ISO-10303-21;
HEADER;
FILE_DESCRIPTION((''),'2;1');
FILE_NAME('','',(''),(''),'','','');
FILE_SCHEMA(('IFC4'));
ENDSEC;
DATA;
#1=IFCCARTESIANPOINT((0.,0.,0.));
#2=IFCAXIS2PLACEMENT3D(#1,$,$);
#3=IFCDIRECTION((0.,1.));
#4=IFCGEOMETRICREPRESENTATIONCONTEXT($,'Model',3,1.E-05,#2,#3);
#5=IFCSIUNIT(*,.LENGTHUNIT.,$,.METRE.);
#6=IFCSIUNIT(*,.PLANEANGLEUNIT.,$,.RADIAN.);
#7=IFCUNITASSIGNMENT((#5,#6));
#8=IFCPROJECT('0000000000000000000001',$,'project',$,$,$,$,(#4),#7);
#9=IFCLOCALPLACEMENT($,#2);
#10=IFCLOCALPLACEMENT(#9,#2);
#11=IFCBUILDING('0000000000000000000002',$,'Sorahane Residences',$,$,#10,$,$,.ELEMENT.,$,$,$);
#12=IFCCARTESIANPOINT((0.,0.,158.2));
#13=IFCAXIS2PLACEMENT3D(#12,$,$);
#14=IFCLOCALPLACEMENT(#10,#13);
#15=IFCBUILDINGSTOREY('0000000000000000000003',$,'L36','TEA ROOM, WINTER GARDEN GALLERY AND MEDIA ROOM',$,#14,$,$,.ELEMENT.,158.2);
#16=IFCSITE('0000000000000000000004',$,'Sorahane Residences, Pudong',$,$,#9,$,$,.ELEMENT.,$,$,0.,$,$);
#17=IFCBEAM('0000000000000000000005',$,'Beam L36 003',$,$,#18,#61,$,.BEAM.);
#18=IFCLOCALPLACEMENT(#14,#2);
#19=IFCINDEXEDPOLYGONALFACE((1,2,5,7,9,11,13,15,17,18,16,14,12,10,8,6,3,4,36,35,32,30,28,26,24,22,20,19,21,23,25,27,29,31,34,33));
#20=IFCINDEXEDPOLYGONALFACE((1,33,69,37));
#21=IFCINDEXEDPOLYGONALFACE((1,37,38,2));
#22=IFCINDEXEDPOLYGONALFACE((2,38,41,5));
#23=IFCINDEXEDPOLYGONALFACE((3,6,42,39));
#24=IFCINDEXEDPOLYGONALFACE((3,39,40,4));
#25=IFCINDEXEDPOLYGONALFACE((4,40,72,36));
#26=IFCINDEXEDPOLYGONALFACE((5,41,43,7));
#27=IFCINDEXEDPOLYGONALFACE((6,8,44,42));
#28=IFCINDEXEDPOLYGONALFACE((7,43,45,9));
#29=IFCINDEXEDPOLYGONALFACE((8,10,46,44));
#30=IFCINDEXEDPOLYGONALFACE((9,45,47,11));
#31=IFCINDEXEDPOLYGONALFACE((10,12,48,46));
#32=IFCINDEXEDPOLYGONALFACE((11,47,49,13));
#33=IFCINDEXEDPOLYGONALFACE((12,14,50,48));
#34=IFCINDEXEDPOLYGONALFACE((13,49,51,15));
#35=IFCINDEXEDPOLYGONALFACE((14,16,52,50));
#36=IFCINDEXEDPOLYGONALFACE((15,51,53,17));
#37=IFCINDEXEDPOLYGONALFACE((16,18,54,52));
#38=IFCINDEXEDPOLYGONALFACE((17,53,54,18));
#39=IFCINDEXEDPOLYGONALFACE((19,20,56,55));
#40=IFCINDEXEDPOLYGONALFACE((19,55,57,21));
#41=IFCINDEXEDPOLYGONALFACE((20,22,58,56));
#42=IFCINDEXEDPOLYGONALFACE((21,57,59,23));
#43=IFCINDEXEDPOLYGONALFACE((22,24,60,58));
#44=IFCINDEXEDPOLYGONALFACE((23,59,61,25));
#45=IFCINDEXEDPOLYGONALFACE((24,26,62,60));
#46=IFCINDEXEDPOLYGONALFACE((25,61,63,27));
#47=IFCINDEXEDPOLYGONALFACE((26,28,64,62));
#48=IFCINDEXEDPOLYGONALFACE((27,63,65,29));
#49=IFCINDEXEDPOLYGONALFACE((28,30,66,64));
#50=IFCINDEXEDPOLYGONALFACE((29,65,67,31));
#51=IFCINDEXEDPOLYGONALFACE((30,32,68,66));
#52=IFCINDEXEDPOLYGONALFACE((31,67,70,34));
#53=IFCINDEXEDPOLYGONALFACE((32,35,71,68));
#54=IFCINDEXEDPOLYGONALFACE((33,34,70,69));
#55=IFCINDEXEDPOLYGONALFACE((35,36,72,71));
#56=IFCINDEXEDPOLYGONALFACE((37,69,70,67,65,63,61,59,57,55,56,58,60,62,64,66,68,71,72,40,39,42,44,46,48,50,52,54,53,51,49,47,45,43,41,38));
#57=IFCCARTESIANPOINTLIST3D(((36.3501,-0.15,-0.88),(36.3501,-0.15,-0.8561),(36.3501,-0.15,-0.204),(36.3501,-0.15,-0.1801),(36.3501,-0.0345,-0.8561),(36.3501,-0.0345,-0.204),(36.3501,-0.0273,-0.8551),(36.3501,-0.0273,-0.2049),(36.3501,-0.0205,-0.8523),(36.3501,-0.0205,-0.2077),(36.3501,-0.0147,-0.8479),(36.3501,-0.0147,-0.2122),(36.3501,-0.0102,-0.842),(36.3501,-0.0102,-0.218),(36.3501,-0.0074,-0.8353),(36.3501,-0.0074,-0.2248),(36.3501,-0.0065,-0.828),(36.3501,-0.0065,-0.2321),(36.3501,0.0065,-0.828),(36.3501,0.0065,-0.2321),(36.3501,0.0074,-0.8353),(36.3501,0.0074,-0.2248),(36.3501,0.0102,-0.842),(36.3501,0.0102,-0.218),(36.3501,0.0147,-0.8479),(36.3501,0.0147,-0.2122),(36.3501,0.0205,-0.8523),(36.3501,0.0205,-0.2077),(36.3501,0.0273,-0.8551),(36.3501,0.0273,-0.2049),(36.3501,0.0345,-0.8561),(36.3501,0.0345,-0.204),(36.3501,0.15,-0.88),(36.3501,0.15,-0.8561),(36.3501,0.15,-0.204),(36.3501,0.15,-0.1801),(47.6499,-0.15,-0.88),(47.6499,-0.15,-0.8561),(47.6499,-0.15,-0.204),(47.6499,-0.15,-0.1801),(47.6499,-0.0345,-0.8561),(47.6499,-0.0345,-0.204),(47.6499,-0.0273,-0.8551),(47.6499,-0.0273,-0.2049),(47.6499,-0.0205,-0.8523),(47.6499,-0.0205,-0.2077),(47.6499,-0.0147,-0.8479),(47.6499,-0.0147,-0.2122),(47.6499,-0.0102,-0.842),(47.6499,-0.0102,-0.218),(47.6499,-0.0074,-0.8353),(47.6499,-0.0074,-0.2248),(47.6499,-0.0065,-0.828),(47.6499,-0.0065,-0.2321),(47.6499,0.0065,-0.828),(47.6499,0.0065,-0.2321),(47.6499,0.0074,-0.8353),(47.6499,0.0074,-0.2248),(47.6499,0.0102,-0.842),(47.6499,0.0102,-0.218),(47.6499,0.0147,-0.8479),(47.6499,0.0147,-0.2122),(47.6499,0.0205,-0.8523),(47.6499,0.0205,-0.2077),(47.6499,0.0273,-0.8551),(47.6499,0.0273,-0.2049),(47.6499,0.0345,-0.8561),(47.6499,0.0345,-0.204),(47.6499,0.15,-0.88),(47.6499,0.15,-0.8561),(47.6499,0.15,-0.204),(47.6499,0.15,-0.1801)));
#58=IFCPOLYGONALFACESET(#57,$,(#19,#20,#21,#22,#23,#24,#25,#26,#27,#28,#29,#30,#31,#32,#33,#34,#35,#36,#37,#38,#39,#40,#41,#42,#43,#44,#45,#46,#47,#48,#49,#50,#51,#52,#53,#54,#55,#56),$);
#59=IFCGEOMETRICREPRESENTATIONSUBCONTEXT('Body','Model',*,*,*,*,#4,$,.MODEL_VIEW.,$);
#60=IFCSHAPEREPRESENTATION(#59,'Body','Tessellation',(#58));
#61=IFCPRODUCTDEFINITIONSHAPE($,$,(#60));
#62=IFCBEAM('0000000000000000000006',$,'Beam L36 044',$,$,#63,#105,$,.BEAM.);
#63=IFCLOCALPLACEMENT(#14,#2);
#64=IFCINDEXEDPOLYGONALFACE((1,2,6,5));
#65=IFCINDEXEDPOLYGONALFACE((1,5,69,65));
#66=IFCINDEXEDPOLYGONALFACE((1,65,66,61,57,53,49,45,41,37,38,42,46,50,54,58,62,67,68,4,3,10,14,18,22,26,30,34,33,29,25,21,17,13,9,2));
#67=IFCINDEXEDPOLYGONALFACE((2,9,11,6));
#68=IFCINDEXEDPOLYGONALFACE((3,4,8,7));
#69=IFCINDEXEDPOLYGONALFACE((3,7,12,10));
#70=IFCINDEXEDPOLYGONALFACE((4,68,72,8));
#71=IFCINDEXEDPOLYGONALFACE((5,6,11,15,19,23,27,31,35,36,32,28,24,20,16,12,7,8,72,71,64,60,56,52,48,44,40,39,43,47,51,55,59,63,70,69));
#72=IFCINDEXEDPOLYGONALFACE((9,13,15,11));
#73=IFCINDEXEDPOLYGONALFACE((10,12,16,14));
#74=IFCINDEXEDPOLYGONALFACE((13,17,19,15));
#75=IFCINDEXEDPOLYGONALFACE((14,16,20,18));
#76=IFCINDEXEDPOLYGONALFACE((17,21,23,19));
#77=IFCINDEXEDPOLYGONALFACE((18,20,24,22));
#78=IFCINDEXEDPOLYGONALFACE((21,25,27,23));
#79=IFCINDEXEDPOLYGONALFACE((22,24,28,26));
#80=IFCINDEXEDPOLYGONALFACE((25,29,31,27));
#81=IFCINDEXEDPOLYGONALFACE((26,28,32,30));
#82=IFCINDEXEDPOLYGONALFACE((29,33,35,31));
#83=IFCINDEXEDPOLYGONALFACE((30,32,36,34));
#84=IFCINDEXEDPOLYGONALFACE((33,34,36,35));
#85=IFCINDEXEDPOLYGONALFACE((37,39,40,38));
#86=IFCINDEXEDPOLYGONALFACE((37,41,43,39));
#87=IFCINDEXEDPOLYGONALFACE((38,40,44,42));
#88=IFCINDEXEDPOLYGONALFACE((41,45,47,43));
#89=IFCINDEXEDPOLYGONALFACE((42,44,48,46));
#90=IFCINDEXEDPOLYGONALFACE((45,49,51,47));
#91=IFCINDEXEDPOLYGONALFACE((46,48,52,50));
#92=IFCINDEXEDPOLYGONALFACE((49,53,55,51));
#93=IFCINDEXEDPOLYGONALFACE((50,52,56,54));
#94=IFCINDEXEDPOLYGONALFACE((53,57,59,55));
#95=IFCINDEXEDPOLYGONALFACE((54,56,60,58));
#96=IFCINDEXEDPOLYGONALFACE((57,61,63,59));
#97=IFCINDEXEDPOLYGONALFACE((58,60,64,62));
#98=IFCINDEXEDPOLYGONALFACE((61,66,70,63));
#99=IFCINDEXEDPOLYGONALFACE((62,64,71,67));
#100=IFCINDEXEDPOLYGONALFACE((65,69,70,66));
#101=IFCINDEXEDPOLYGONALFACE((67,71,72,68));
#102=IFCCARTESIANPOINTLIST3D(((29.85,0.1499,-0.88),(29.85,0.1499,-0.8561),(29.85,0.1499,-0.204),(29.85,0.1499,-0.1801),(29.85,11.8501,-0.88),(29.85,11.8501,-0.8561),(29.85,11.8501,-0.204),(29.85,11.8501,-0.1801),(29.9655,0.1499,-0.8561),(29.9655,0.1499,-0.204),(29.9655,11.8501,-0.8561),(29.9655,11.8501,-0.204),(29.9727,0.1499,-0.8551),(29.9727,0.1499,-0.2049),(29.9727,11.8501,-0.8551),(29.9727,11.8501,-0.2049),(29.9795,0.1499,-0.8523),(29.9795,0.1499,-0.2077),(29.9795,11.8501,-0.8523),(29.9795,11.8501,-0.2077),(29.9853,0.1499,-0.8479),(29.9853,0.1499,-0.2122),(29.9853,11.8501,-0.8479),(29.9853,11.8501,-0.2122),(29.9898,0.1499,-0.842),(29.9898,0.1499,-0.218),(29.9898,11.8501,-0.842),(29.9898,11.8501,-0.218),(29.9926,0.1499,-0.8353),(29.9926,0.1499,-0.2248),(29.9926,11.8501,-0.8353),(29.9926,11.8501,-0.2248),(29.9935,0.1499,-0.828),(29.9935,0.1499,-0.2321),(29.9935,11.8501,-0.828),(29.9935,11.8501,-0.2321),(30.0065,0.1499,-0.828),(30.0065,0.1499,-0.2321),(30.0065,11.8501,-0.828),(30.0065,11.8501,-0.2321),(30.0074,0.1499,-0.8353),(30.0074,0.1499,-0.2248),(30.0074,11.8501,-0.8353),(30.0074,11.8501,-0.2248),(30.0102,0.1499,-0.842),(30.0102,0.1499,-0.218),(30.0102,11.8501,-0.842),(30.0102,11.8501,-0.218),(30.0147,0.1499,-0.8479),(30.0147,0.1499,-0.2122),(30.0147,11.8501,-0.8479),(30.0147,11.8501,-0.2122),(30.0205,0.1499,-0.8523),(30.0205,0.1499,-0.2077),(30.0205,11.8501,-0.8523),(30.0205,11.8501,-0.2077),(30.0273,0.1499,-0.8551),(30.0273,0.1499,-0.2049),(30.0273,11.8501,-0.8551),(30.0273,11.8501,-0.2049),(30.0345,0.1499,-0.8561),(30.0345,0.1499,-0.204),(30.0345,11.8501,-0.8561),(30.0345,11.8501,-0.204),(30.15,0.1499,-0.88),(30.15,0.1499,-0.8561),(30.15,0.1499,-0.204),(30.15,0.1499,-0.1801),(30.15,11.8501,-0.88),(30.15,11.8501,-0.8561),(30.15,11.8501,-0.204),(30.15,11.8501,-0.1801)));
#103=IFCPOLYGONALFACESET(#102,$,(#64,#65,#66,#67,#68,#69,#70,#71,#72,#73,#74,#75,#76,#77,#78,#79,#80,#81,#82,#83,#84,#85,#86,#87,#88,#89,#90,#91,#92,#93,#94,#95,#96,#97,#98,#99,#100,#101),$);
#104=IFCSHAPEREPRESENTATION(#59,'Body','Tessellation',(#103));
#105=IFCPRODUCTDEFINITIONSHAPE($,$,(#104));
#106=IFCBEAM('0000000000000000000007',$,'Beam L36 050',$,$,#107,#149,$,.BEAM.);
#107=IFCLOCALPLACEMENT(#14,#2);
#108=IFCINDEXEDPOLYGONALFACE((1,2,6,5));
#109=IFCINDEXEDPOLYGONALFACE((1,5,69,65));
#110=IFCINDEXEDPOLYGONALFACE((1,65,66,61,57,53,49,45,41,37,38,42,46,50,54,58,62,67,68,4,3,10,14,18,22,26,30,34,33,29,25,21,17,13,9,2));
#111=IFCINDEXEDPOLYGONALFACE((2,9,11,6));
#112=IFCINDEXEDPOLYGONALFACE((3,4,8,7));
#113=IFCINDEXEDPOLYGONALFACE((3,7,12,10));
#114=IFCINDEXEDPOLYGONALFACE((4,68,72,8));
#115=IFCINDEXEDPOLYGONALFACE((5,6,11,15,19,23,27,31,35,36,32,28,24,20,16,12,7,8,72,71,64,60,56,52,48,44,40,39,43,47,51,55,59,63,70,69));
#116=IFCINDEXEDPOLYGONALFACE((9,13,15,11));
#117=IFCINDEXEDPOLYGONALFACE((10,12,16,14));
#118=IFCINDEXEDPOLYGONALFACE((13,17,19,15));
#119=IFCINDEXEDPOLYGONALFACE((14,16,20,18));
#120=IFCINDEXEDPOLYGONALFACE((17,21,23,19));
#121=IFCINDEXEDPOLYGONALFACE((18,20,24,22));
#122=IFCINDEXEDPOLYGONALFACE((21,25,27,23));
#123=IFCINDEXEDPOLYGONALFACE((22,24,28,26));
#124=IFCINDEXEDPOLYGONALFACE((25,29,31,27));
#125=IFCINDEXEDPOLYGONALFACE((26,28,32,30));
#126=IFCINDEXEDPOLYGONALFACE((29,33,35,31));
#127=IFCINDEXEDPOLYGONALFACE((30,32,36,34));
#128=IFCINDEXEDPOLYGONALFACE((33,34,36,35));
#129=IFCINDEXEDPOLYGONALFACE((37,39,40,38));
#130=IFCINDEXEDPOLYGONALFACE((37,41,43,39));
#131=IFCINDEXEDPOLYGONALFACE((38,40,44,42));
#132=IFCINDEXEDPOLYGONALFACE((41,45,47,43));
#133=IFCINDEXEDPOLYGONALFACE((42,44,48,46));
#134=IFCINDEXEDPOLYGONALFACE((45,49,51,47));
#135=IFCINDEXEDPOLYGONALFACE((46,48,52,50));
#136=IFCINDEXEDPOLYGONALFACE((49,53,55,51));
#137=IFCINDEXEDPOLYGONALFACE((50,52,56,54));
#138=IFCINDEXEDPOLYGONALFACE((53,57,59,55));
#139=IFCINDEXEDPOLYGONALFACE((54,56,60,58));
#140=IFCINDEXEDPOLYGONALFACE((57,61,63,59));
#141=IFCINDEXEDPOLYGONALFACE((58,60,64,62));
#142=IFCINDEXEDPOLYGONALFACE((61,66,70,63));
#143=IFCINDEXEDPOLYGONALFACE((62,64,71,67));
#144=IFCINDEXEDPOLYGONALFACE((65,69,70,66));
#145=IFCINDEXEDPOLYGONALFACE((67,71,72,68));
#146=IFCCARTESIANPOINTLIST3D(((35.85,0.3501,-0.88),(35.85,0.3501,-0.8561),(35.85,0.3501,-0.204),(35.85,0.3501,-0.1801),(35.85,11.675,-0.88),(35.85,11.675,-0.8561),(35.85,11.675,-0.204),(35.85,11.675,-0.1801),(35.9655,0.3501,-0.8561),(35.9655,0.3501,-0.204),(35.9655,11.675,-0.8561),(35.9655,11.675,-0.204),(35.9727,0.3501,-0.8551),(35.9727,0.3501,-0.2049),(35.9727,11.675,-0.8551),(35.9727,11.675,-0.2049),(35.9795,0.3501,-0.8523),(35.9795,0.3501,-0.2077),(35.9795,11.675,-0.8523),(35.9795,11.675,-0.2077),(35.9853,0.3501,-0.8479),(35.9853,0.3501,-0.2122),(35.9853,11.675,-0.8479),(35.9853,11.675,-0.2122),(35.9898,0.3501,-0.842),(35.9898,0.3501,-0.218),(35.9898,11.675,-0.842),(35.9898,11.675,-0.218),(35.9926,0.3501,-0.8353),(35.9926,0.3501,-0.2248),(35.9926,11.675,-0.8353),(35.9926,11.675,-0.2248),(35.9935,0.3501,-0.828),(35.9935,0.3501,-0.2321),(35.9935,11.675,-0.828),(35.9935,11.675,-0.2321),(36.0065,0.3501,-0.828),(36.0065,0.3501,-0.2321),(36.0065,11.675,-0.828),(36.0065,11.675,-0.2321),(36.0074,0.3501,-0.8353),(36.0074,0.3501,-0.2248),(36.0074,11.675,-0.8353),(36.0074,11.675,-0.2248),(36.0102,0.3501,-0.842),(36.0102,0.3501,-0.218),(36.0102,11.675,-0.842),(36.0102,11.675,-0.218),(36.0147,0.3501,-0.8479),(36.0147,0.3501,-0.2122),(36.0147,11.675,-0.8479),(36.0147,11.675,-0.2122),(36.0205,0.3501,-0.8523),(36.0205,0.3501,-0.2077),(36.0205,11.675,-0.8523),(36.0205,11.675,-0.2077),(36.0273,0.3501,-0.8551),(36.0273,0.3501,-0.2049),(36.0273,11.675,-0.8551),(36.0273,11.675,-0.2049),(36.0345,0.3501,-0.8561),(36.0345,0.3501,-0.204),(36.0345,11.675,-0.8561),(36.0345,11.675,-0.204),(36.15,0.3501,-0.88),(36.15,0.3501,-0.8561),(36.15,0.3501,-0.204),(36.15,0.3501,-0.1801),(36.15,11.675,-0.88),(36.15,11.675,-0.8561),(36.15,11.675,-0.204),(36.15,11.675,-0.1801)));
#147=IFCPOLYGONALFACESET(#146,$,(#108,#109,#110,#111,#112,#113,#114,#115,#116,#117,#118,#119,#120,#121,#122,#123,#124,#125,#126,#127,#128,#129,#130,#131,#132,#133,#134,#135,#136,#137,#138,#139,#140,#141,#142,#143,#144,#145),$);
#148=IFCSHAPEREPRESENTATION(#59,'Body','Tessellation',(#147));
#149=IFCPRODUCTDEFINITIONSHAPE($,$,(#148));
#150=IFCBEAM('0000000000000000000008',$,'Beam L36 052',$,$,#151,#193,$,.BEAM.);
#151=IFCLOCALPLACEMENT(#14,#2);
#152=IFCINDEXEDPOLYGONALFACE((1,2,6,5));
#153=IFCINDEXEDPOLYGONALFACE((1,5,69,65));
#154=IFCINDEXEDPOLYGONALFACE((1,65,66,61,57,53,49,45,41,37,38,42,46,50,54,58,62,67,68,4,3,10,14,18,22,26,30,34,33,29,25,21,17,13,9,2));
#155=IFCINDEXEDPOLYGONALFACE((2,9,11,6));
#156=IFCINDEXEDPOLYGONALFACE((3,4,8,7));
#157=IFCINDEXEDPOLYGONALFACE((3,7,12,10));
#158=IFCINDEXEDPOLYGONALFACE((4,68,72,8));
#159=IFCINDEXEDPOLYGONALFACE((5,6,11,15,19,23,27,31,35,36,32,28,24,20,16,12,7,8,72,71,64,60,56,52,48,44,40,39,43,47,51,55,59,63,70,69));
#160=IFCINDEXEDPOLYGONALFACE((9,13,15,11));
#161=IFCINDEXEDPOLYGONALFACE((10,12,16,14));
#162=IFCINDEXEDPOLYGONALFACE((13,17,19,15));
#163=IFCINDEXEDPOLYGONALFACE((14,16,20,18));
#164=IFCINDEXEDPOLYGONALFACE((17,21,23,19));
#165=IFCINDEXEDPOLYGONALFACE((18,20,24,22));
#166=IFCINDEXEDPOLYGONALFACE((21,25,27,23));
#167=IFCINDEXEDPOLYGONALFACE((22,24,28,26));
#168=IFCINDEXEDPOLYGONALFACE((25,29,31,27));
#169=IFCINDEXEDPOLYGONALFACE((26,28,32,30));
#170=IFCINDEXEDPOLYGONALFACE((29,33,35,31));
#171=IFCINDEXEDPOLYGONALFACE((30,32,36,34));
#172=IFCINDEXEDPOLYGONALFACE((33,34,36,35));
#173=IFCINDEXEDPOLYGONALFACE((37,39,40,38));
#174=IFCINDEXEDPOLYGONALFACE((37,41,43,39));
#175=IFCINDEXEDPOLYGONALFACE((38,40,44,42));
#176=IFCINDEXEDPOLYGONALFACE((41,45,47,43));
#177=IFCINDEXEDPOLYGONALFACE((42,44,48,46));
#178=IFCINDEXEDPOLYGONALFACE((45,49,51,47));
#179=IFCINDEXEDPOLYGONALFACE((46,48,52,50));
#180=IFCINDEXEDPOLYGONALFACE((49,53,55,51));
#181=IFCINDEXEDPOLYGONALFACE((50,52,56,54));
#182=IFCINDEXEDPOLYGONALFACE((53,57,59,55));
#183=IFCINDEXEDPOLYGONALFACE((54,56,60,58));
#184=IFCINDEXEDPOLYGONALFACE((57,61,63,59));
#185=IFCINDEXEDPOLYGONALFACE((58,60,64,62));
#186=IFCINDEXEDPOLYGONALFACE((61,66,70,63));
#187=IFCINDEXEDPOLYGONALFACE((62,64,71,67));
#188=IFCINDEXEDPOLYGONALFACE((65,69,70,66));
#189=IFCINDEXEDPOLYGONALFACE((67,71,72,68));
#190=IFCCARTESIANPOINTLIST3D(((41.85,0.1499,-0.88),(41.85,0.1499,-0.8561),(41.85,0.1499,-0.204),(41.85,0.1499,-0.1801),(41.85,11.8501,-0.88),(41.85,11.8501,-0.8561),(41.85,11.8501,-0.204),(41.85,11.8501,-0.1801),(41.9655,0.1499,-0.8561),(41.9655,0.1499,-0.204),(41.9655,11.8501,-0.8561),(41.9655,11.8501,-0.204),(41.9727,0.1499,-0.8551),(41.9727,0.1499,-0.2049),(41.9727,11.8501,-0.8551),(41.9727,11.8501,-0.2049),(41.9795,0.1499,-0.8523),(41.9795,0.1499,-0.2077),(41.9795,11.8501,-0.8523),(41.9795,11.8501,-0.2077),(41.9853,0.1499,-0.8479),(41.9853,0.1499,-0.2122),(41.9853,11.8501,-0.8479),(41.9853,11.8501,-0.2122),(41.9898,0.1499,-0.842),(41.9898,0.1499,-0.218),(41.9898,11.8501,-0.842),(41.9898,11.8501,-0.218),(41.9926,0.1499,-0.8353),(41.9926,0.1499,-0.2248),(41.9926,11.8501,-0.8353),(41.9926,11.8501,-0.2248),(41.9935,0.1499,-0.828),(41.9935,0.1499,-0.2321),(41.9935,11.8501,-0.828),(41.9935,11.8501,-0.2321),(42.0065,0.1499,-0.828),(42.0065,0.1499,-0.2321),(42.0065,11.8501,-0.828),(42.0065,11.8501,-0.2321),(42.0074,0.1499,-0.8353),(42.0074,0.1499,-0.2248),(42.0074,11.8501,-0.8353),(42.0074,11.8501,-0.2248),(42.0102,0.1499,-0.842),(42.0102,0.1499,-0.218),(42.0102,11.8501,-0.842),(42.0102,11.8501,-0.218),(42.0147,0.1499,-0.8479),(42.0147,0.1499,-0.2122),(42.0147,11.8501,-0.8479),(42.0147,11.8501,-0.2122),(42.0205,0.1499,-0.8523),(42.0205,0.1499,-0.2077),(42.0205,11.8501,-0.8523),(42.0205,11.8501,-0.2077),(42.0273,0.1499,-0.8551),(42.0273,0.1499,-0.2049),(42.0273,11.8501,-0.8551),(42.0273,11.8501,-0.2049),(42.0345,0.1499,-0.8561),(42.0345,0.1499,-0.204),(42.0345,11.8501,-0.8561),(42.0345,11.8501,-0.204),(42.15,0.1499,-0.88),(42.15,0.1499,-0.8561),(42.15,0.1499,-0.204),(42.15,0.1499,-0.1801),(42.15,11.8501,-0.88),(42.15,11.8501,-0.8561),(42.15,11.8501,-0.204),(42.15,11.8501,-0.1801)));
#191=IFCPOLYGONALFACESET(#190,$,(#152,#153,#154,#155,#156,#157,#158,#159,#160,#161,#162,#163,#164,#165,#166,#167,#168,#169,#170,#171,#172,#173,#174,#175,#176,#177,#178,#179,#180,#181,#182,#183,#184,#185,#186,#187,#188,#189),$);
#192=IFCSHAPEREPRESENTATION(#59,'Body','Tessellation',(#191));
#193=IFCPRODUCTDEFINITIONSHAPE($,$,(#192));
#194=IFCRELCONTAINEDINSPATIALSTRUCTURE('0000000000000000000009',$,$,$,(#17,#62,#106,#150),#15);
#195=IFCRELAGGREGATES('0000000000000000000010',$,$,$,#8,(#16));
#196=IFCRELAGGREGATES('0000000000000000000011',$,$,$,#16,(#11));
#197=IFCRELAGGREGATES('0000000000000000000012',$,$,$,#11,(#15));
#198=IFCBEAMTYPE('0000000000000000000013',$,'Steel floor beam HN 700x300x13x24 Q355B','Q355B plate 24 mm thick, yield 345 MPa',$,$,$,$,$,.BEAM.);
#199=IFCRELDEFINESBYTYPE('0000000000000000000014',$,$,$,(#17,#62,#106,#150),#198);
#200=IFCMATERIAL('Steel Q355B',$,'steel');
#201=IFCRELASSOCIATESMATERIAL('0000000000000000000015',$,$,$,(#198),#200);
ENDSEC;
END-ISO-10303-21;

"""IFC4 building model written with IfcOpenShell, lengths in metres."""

from ifc_helpers import new_model, si_unit, direction, frame, origin, origin_2d, place, context, subcontext, project, spatial, i_section, extrude, material, material_profile, profile_set, type_object, element, save


model = new_model("IFC4")

# Units and contexts
model_context = context("Model", 3, precision=1e-05, world=origin(), true_north=direction((0.0, 1.0)))
body_context = subcontext(model_context, "Body", "Model", "MODEL_VIEW")
ifc_project = project(units=[si_unit("LENGTHUNIT", "METRE"), si_unit("PLANEANGLEUNIT", "RADIAN")], contexts=[model_context])

# Site, building, storey
site_placement = place(None, origin())
site = spatial("IfcSite", under=ifc_project, at=site_placement, Name="Sorahane Residences, Pudong", CompositionType="ELEMENT", RefElevation=0.0)
building_placement = place(site_placement, origin())
building = spatial("IfcBuilding", under=site, at=building_placement, Name="Sorahane Residences", CompositionType="ELEMENT")
storey_placement = place(building_placement, frame((0.0, 0.0, 158.2)))
storey = spatial("IfcBuildingStorey", under=building, at=storey_placement, Name="L36", Description="TEA ROOM, WINTER GARDEN GALLERY AND MEDIA ROOM", CompositionType="ELEMENT", Elevation=158.2)

# Beams
ifc_material_1 = material(Name="Steel Q355B", Category="steel")
ifc_material_profile_1 = material_profile(ifc_material_1, i_section(OverallWidth=0.3, OverallDepth=0.7, WebThickness=0.0129, FlangeThickness=0.0239, FilletRadius=0.0281, at=origin_2d()), Name="HN 700x300x13x24")
ifc_profile_set_1 = profile_set([ifc_material_profile_1], Name="Steel Q355B")
beam_type_1 = type_object("IfcBeamType", Name="Steel floor beam HN 700x300x13x24 Q355B", Description="Q355B plate 24 mm thick, yield 345 MPa", PredefinedType="BEAM", material=ifc_profile_set_1)
beam_1_placement = place(storey_placement, frame((36.3501, 0.0, -0.53), z_axis=(1.0, 0.0, 0.0), x_axis=(0.0, 1.0, 0.0)))
element("IfcBeam", 1, at=beam_1_placement, inside=storey, type_object=beam_type_1, Name="Beam L36 003", PredefinedType="BEAM", context=body_context, shape_type="SweptSolid", body=[
    extrude(i_section(OverallWidth=0.3, OverallDepth=0.7, WebThickness=0.0129, FlangeThickness=0.0239, FilletRadius=0.0281, at=origin_2d()), origin(), (0.0, 0.0, 1.0), 11.2998),
])
beam_2_placement = place(storey_placement, frame((30.0, 0.1499, -0.53), z_axis=(0.0, 1.0, 0.0), x_axis=(-1.0, 0.0, 0.0)))
element("IfcBeam", 2, at=beam_2_placement, inside=storey, type_object=beam_type_1, Name="Beam L36 044", PredefinedType="BEAM", context=body_context, shape_type="SweptSolid", body=[
    extrude(i_section(OverallWidth=0.3, OverallDepth=0.7, WebThickness=0.0129, FlangeThickness=0.0239, FilletRadius=0.0281, at=origin_2d()), origin(), (0.0, 0.0, 1.0), 11.7002),
])
beam_3_placement = place(storey_placement, frame((36.0, 0.3501, -0.53), z_axis=(0.0, 1.0, 0.0), x_axis=(-1.0, 0.0, 0.0)))
element("IfcBeam", 3, at=beam_3_placement, inside=storey, type_object=beam_type_1, Name="Beam L36 050", PredefinedType="BEAM", context=body_context, shape_type="SweptSolid", body=[
    extrude(i_section(OverallWidth=0.3, OverallDepth=0.7, WebThickness=0.0129, FlangeThickness=0.0239, FilletRadius=0.0281, at=origin_2d()), origin(), (0.0, 0.0, 1.0), 11.325),
])
beam_4_placement = place(storey_placement, frame((42.0, 0.1499, -0.53), z_axis=(0.0, 1.0, 0.0), x_axis=(-1.0, 0.0, 0.0)))
element("IfcBeam", 4, at=beam_4_placement, inside=storey, type_object=beam_type_1, Name="Beam L36 052", PredefinedType="BEAM", context=body_context, shape_type="SweptSolid", body=[
    extrude(i_section(OverallWidth=0.3, OverallDepth=0.7, WebThickness=0.0129, FlangeThickness=0.0239, FilletRadius=0.0281, at=origin_2d()), origin(), (0.0, 0.0, 1.0), 11.7002),
])

save(model, "model.ifc")
